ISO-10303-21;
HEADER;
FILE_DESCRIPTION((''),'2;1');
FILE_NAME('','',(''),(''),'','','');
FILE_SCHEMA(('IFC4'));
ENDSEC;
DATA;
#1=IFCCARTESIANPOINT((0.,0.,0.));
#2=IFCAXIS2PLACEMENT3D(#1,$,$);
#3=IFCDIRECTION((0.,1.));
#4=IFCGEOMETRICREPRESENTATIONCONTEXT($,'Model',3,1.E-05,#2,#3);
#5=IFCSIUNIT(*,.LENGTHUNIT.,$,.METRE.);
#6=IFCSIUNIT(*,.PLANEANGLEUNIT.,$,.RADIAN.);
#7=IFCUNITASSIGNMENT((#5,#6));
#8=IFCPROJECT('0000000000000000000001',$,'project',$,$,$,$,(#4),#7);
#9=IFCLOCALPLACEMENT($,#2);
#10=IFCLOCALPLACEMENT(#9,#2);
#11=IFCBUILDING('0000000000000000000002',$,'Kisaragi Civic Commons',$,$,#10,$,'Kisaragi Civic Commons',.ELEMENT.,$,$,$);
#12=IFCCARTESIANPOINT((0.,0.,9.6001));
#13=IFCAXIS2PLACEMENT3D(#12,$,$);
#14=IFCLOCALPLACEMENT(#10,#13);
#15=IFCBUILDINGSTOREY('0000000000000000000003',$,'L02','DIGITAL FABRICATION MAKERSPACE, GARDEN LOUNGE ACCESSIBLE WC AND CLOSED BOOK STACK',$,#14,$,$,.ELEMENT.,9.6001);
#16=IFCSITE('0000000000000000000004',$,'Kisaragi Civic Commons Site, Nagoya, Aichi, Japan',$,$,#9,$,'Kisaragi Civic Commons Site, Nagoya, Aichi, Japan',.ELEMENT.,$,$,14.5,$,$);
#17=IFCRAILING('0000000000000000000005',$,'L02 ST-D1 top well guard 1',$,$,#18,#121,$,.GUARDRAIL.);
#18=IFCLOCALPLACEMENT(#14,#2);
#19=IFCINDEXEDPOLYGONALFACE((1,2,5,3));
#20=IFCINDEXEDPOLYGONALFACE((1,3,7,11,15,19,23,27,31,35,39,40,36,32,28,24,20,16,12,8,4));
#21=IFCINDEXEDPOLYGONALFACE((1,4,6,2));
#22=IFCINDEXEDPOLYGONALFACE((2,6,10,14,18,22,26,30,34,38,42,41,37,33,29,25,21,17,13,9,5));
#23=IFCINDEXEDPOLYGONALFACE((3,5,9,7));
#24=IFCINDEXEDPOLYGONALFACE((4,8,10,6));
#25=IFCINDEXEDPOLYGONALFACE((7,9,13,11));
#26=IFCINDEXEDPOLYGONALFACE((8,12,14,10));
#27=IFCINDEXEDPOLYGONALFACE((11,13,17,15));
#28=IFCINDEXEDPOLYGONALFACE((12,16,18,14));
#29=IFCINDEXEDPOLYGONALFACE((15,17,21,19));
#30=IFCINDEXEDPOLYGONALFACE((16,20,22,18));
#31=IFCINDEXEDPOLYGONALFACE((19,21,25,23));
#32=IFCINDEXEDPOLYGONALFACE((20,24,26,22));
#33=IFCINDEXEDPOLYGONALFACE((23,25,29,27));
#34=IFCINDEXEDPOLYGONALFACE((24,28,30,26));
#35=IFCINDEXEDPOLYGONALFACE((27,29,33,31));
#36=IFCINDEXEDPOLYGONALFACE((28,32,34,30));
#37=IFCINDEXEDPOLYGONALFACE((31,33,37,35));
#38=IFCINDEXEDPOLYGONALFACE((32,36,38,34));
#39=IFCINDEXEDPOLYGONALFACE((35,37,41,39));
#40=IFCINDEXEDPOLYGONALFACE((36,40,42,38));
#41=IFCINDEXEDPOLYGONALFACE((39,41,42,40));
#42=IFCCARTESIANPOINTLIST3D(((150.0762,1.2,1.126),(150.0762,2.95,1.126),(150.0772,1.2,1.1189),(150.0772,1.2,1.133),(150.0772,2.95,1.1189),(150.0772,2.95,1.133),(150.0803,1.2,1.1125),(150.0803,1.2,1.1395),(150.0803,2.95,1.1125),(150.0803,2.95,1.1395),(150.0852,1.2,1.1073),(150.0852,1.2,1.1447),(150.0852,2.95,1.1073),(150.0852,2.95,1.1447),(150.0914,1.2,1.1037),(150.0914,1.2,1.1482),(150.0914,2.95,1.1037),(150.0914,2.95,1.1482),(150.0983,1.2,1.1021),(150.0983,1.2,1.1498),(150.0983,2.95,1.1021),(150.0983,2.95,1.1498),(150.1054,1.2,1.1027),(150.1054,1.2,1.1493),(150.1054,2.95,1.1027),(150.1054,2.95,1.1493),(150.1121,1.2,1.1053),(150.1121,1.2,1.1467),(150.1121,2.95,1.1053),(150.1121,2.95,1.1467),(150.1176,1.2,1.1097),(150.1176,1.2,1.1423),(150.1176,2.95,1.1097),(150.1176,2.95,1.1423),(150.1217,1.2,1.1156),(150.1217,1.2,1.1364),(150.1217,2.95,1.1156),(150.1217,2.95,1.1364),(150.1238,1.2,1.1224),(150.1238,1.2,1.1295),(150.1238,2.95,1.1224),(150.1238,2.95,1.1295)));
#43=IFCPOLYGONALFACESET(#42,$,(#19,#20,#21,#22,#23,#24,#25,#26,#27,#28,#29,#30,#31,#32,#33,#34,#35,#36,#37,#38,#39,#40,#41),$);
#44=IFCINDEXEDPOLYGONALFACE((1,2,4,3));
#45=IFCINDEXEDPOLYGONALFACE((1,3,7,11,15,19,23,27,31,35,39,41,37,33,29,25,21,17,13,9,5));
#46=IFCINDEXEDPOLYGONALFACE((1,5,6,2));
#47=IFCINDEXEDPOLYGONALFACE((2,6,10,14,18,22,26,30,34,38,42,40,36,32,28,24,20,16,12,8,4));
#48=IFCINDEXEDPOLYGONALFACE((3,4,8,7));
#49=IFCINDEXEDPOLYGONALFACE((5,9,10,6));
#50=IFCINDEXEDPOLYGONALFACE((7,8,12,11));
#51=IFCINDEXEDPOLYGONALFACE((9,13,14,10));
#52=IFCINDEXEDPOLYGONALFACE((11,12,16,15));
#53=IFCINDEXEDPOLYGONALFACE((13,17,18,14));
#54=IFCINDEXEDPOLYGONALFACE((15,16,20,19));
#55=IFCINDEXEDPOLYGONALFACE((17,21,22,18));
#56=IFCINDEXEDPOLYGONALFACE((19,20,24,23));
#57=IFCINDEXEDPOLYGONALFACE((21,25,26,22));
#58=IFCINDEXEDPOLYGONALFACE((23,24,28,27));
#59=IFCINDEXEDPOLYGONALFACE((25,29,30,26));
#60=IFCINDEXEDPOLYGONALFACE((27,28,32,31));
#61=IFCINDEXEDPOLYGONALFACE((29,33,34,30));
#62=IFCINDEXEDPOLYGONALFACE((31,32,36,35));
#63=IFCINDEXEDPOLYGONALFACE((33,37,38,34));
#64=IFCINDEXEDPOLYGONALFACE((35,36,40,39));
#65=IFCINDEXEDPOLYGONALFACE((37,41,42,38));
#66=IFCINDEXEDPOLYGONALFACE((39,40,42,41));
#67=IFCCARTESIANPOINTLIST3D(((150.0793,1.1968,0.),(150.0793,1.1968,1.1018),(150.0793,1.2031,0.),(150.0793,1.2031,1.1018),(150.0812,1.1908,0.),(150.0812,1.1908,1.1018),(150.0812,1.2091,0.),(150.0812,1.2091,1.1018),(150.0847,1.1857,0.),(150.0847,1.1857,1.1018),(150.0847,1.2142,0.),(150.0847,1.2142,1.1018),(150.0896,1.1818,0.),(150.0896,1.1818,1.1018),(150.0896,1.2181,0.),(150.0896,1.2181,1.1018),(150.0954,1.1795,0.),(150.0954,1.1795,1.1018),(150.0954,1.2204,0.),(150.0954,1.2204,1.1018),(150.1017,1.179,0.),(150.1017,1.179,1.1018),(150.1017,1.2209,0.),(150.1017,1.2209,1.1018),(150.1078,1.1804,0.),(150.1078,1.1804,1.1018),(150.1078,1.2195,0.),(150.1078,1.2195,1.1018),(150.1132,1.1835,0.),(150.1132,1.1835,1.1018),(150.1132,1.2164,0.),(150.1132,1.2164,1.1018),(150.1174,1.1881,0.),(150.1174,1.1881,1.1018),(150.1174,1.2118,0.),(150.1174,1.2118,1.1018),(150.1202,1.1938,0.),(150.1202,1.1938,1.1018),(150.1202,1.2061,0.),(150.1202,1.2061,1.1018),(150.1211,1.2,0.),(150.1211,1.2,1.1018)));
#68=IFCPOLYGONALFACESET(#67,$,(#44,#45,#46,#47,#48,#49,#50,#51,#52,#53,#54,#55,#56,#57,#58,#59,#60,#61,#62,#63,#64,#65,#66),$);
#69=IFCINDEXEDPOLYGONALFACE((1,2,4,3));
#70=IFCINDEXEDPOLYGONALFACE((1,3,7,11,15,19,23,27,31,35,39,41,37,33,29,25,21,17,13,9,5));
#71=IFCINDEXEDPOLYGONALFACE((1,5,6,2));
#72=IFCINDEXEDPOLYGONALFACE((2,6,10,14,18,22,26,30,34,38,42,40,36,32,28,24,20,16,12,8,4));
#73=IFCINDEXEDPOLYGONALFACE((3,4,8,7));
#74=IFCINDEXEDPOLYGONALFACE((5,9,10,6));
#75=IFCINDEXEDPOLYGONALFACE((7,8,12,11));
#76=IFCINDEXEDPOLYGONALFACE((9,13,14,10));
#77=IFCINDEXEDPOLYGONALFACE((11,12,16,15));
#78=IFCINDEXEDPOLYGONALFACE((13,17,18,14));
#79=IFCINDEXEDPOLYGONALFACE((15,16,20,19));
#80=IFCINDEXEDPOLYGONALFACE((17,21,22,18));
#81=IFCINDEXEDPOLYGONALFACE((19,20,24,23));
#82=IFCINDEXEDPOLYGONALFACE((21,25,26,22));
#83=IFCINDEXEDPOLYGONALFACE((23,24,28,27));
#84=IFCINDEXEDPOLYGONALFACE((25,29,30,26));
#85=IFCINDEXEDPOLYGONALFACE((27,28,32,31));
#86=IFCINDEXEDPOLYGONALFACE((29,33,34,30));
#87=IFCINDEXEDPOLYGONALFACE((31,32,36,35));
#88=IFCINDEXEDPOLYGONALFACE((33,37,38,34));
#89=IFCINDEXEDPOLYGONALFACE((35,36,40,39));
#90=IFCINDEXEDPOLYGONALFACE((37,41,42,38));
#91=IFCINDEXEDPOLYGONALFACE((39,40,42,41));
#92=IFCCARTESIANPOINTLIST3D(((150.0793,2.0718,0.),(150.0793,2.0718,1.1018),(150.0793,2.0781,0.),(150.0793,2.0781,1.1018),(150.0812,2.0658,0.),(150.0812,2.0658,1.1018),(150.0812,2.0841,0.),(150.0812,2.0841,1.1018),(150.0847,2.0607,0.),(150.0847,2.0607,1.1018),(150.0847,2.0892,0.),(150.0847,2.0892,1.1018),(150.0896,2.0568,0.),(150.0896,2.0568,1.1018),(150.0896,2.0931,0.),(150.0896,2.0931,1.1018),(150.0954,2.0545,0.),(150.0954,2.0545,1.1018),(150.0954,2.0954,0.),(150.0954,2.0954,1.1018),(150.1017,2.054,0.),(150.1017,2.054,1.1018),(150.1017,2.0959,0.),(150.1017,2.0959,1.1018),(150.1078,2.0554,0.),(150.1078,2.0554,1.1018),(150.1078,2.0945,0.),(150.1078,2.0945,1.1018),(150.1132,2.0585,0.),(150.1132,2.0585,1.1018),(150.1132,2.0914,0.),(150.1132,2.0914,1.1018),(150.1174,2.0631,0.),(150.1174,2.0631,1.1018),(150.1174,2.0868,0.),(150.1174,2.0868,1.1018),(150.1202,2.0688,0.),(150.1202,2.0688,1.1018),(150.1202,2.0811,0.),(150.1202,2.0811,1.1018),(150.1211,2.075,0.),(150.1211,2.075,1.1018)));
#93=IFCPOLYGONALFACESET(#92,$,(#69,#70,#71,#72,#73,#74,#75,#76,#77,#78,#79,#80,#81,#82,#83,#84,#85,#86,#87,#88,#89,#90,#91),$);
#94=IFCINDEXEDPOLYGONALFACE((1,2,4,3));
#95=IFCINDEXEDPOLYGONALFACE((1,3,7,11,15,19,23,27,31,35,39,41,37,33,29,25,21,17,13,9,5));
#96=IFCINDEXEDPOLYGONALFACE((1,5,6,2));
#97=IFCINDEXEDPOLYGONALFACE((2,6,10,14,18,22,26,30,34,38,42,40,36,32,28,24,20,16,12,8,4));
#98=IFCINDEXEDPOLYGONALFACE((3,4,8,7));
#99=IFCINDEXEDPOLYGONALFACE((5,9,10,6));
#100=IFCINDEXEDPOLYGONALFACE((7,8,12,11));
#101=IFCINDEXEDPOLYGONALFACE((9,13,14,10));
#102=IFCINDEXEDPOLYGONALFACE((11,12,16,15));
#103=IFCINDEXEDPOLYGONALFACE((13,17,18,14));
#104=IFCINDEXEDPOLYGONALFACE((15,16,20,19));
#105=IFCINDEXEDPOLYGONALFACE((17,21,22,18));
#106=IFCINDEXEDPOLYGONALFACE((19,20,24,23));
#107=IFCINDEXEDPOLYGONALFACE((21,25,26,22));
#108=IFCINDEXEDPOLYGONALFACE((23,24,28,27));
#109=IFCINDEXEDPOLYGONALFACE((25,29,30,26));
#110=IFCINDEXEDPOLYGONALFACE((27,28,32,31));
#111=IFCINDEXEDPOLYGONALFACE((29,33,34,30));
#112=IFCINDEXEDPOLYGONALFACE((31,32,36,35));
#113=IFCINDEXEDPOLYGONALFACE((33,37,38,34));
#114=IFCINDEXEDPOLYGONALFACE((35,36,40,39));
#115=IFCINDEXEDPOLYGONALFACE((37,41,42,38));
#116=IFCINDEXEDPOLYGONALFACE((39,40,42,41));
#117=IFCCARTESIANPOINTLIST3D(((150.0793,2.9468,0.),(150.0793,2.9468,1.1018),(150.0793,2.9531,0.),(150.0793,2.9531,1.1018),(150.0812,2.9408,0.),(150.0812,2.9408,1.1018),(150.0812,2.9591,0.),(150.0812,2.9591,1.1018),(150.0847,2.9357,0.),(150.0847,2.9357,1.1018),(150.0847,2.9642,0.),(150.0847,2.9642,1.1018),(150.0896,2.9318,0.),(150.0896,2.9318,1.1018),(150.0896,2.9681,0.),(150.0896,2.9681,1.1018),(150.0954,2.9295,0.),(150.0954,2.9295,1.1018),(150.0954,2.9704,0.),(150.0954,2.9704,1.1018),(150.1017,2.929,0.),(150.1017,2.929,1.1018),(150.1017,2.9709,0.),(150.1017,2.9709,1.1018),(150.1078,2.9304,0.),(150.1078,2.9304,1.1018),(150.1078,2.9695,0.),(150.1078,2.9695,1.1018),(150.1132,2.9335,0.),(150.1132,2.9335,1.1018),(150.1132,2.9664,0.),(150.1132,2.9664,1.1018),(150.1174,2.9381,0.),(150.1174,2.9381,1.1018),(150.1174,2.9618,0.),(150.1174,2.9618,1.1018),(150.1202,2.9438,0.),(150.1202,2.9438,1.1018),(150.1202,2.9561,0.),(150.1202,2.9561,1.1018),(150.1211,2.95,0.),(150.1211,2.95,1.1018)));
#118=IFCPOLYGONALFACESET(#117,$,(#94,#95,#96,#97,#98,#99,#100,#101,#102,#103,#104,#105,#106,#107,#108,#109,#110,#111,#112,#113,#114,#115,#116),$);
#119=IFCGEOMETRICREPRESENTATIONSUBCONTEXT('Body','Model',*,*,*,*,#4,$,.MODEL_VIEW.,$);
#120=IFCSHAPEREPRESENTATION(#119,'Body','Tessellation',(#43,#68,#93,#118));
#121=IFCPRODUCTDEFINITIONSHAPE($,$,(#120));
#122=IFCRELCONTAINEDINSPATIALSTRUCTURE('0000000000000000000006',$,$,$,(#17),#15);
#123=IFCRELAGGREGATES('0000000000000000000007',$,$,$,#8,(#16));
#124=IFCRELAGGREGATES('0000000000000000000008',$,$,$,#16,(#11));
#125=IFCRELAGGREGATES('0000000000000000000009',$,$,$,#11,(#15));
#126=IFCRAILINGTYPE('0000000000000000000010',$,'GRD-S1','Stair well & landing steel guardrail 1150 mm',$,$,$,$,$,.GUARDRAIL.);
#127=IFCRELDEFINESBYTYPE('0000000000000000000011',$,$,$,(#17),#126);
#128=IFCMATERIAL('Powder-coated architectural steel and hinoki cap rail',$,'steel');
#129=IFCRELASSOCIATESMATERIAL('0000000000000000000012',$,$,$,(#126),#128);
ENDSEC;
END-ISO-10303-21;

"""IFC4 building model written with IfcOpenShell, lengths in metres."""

from ifc_helpers import new_model, si_unit, direction, frame, origin, origin_2d, place, context, subcontext, project, spatial, circle, extrude, material, type_object, element, save


model = new_model("IFC4")

# Units and contexts
model_context = context("Model", 3, precision=1e-05, world=origin(), true_north=direction((0.0, 1.0)))
body_context = subcontext(model_context, "Body", "Model", "MODEL_VIEW")
ifc_project = project(units=[si_unit("LENGTHUNIT", "METRE"), si_unit("PLANEANGLEUNIT", "RADIAN")], contexts=[model_context])

# Site, building, storey
site_placement = place(None, origin())
site = spatial("IfcSite", under=ifc_project, at=site_placement, Name="Kisaragi Civic Commons Site, Nagoya, Aichi, Japan", LongName="Kisaragi Civic Commons Site, Nagoya, Aichi, Japan", CompositionType="ELEMENT", RefElevation=14.5)
building_placement = place(site_placement, origin())
building = spatial("IfcBuilding", under=site, at=building_placement, Name="Kisaragi Civic Commons", LongName="Kisaragi Civic Commons", CompositionType="ELEMENT")
storey_placement = place(building_placement, frame((0.0, 0.0, 9.6001)))
storey = spatial("IfcBuildingStorey", under=building, at=storey_placement, Name="L02", Description="DIGITAL FABRICATION MAKERSPACE, GARDEN LOUNGE ACCESSIBLE WC AND CLOSED BOOK STACK", CompositionType="ELEMENT", Elevation=9.6001)

# Railing
ifc_material_1 = material(Name="Powder-coated architectural steel and hinoki cap rail", Category="steel")
railing_type = type_object("IfcRailingType", Name="GRD-S1", Description="Stair well & landing steel guardrail 1150 mm", PredefinedType="GUARDRAIL", material=ifc_material_1)
railing_placement = place(storey_placement, frame((150.1001, 1.2, 0.0)))
element("IfcRailing", 1, at=railing_placement, inside=storey, type_object=railing_type, Name="L02 ST-D1 top well guard 1", PredefinedType="GUARDRAIL", context=body_context, shape_type="SweptSolid", body=[
    extrude(circle(Radius=0.0239, at=origin_2d()), frame((0.0, 0.0, 1.126), z_axis=(0.0, 1.0, 0.0), x_axis=(-1.0, 0.0, 0.0)), (0.0, 0.0, 1.0), 1.75),
    extrude(circle(Radius=0.021, at=origin_2d()), origin(), (0.0, 0.0, 1.0), 1.1018),
    extrude(circle(Radius=0.021, at=origin_2d()), frame((0.0, 0.875, 0.0)), (0.0, 0.0, 1.0), 1.1018),
    extrude(circle(Radius=0.021, at=origin_2d()), frame((0.0, 1.75, 0.0)), (0.0, 0.0, 1.0), 1.1018),
])

save(model, "model.ifc")
